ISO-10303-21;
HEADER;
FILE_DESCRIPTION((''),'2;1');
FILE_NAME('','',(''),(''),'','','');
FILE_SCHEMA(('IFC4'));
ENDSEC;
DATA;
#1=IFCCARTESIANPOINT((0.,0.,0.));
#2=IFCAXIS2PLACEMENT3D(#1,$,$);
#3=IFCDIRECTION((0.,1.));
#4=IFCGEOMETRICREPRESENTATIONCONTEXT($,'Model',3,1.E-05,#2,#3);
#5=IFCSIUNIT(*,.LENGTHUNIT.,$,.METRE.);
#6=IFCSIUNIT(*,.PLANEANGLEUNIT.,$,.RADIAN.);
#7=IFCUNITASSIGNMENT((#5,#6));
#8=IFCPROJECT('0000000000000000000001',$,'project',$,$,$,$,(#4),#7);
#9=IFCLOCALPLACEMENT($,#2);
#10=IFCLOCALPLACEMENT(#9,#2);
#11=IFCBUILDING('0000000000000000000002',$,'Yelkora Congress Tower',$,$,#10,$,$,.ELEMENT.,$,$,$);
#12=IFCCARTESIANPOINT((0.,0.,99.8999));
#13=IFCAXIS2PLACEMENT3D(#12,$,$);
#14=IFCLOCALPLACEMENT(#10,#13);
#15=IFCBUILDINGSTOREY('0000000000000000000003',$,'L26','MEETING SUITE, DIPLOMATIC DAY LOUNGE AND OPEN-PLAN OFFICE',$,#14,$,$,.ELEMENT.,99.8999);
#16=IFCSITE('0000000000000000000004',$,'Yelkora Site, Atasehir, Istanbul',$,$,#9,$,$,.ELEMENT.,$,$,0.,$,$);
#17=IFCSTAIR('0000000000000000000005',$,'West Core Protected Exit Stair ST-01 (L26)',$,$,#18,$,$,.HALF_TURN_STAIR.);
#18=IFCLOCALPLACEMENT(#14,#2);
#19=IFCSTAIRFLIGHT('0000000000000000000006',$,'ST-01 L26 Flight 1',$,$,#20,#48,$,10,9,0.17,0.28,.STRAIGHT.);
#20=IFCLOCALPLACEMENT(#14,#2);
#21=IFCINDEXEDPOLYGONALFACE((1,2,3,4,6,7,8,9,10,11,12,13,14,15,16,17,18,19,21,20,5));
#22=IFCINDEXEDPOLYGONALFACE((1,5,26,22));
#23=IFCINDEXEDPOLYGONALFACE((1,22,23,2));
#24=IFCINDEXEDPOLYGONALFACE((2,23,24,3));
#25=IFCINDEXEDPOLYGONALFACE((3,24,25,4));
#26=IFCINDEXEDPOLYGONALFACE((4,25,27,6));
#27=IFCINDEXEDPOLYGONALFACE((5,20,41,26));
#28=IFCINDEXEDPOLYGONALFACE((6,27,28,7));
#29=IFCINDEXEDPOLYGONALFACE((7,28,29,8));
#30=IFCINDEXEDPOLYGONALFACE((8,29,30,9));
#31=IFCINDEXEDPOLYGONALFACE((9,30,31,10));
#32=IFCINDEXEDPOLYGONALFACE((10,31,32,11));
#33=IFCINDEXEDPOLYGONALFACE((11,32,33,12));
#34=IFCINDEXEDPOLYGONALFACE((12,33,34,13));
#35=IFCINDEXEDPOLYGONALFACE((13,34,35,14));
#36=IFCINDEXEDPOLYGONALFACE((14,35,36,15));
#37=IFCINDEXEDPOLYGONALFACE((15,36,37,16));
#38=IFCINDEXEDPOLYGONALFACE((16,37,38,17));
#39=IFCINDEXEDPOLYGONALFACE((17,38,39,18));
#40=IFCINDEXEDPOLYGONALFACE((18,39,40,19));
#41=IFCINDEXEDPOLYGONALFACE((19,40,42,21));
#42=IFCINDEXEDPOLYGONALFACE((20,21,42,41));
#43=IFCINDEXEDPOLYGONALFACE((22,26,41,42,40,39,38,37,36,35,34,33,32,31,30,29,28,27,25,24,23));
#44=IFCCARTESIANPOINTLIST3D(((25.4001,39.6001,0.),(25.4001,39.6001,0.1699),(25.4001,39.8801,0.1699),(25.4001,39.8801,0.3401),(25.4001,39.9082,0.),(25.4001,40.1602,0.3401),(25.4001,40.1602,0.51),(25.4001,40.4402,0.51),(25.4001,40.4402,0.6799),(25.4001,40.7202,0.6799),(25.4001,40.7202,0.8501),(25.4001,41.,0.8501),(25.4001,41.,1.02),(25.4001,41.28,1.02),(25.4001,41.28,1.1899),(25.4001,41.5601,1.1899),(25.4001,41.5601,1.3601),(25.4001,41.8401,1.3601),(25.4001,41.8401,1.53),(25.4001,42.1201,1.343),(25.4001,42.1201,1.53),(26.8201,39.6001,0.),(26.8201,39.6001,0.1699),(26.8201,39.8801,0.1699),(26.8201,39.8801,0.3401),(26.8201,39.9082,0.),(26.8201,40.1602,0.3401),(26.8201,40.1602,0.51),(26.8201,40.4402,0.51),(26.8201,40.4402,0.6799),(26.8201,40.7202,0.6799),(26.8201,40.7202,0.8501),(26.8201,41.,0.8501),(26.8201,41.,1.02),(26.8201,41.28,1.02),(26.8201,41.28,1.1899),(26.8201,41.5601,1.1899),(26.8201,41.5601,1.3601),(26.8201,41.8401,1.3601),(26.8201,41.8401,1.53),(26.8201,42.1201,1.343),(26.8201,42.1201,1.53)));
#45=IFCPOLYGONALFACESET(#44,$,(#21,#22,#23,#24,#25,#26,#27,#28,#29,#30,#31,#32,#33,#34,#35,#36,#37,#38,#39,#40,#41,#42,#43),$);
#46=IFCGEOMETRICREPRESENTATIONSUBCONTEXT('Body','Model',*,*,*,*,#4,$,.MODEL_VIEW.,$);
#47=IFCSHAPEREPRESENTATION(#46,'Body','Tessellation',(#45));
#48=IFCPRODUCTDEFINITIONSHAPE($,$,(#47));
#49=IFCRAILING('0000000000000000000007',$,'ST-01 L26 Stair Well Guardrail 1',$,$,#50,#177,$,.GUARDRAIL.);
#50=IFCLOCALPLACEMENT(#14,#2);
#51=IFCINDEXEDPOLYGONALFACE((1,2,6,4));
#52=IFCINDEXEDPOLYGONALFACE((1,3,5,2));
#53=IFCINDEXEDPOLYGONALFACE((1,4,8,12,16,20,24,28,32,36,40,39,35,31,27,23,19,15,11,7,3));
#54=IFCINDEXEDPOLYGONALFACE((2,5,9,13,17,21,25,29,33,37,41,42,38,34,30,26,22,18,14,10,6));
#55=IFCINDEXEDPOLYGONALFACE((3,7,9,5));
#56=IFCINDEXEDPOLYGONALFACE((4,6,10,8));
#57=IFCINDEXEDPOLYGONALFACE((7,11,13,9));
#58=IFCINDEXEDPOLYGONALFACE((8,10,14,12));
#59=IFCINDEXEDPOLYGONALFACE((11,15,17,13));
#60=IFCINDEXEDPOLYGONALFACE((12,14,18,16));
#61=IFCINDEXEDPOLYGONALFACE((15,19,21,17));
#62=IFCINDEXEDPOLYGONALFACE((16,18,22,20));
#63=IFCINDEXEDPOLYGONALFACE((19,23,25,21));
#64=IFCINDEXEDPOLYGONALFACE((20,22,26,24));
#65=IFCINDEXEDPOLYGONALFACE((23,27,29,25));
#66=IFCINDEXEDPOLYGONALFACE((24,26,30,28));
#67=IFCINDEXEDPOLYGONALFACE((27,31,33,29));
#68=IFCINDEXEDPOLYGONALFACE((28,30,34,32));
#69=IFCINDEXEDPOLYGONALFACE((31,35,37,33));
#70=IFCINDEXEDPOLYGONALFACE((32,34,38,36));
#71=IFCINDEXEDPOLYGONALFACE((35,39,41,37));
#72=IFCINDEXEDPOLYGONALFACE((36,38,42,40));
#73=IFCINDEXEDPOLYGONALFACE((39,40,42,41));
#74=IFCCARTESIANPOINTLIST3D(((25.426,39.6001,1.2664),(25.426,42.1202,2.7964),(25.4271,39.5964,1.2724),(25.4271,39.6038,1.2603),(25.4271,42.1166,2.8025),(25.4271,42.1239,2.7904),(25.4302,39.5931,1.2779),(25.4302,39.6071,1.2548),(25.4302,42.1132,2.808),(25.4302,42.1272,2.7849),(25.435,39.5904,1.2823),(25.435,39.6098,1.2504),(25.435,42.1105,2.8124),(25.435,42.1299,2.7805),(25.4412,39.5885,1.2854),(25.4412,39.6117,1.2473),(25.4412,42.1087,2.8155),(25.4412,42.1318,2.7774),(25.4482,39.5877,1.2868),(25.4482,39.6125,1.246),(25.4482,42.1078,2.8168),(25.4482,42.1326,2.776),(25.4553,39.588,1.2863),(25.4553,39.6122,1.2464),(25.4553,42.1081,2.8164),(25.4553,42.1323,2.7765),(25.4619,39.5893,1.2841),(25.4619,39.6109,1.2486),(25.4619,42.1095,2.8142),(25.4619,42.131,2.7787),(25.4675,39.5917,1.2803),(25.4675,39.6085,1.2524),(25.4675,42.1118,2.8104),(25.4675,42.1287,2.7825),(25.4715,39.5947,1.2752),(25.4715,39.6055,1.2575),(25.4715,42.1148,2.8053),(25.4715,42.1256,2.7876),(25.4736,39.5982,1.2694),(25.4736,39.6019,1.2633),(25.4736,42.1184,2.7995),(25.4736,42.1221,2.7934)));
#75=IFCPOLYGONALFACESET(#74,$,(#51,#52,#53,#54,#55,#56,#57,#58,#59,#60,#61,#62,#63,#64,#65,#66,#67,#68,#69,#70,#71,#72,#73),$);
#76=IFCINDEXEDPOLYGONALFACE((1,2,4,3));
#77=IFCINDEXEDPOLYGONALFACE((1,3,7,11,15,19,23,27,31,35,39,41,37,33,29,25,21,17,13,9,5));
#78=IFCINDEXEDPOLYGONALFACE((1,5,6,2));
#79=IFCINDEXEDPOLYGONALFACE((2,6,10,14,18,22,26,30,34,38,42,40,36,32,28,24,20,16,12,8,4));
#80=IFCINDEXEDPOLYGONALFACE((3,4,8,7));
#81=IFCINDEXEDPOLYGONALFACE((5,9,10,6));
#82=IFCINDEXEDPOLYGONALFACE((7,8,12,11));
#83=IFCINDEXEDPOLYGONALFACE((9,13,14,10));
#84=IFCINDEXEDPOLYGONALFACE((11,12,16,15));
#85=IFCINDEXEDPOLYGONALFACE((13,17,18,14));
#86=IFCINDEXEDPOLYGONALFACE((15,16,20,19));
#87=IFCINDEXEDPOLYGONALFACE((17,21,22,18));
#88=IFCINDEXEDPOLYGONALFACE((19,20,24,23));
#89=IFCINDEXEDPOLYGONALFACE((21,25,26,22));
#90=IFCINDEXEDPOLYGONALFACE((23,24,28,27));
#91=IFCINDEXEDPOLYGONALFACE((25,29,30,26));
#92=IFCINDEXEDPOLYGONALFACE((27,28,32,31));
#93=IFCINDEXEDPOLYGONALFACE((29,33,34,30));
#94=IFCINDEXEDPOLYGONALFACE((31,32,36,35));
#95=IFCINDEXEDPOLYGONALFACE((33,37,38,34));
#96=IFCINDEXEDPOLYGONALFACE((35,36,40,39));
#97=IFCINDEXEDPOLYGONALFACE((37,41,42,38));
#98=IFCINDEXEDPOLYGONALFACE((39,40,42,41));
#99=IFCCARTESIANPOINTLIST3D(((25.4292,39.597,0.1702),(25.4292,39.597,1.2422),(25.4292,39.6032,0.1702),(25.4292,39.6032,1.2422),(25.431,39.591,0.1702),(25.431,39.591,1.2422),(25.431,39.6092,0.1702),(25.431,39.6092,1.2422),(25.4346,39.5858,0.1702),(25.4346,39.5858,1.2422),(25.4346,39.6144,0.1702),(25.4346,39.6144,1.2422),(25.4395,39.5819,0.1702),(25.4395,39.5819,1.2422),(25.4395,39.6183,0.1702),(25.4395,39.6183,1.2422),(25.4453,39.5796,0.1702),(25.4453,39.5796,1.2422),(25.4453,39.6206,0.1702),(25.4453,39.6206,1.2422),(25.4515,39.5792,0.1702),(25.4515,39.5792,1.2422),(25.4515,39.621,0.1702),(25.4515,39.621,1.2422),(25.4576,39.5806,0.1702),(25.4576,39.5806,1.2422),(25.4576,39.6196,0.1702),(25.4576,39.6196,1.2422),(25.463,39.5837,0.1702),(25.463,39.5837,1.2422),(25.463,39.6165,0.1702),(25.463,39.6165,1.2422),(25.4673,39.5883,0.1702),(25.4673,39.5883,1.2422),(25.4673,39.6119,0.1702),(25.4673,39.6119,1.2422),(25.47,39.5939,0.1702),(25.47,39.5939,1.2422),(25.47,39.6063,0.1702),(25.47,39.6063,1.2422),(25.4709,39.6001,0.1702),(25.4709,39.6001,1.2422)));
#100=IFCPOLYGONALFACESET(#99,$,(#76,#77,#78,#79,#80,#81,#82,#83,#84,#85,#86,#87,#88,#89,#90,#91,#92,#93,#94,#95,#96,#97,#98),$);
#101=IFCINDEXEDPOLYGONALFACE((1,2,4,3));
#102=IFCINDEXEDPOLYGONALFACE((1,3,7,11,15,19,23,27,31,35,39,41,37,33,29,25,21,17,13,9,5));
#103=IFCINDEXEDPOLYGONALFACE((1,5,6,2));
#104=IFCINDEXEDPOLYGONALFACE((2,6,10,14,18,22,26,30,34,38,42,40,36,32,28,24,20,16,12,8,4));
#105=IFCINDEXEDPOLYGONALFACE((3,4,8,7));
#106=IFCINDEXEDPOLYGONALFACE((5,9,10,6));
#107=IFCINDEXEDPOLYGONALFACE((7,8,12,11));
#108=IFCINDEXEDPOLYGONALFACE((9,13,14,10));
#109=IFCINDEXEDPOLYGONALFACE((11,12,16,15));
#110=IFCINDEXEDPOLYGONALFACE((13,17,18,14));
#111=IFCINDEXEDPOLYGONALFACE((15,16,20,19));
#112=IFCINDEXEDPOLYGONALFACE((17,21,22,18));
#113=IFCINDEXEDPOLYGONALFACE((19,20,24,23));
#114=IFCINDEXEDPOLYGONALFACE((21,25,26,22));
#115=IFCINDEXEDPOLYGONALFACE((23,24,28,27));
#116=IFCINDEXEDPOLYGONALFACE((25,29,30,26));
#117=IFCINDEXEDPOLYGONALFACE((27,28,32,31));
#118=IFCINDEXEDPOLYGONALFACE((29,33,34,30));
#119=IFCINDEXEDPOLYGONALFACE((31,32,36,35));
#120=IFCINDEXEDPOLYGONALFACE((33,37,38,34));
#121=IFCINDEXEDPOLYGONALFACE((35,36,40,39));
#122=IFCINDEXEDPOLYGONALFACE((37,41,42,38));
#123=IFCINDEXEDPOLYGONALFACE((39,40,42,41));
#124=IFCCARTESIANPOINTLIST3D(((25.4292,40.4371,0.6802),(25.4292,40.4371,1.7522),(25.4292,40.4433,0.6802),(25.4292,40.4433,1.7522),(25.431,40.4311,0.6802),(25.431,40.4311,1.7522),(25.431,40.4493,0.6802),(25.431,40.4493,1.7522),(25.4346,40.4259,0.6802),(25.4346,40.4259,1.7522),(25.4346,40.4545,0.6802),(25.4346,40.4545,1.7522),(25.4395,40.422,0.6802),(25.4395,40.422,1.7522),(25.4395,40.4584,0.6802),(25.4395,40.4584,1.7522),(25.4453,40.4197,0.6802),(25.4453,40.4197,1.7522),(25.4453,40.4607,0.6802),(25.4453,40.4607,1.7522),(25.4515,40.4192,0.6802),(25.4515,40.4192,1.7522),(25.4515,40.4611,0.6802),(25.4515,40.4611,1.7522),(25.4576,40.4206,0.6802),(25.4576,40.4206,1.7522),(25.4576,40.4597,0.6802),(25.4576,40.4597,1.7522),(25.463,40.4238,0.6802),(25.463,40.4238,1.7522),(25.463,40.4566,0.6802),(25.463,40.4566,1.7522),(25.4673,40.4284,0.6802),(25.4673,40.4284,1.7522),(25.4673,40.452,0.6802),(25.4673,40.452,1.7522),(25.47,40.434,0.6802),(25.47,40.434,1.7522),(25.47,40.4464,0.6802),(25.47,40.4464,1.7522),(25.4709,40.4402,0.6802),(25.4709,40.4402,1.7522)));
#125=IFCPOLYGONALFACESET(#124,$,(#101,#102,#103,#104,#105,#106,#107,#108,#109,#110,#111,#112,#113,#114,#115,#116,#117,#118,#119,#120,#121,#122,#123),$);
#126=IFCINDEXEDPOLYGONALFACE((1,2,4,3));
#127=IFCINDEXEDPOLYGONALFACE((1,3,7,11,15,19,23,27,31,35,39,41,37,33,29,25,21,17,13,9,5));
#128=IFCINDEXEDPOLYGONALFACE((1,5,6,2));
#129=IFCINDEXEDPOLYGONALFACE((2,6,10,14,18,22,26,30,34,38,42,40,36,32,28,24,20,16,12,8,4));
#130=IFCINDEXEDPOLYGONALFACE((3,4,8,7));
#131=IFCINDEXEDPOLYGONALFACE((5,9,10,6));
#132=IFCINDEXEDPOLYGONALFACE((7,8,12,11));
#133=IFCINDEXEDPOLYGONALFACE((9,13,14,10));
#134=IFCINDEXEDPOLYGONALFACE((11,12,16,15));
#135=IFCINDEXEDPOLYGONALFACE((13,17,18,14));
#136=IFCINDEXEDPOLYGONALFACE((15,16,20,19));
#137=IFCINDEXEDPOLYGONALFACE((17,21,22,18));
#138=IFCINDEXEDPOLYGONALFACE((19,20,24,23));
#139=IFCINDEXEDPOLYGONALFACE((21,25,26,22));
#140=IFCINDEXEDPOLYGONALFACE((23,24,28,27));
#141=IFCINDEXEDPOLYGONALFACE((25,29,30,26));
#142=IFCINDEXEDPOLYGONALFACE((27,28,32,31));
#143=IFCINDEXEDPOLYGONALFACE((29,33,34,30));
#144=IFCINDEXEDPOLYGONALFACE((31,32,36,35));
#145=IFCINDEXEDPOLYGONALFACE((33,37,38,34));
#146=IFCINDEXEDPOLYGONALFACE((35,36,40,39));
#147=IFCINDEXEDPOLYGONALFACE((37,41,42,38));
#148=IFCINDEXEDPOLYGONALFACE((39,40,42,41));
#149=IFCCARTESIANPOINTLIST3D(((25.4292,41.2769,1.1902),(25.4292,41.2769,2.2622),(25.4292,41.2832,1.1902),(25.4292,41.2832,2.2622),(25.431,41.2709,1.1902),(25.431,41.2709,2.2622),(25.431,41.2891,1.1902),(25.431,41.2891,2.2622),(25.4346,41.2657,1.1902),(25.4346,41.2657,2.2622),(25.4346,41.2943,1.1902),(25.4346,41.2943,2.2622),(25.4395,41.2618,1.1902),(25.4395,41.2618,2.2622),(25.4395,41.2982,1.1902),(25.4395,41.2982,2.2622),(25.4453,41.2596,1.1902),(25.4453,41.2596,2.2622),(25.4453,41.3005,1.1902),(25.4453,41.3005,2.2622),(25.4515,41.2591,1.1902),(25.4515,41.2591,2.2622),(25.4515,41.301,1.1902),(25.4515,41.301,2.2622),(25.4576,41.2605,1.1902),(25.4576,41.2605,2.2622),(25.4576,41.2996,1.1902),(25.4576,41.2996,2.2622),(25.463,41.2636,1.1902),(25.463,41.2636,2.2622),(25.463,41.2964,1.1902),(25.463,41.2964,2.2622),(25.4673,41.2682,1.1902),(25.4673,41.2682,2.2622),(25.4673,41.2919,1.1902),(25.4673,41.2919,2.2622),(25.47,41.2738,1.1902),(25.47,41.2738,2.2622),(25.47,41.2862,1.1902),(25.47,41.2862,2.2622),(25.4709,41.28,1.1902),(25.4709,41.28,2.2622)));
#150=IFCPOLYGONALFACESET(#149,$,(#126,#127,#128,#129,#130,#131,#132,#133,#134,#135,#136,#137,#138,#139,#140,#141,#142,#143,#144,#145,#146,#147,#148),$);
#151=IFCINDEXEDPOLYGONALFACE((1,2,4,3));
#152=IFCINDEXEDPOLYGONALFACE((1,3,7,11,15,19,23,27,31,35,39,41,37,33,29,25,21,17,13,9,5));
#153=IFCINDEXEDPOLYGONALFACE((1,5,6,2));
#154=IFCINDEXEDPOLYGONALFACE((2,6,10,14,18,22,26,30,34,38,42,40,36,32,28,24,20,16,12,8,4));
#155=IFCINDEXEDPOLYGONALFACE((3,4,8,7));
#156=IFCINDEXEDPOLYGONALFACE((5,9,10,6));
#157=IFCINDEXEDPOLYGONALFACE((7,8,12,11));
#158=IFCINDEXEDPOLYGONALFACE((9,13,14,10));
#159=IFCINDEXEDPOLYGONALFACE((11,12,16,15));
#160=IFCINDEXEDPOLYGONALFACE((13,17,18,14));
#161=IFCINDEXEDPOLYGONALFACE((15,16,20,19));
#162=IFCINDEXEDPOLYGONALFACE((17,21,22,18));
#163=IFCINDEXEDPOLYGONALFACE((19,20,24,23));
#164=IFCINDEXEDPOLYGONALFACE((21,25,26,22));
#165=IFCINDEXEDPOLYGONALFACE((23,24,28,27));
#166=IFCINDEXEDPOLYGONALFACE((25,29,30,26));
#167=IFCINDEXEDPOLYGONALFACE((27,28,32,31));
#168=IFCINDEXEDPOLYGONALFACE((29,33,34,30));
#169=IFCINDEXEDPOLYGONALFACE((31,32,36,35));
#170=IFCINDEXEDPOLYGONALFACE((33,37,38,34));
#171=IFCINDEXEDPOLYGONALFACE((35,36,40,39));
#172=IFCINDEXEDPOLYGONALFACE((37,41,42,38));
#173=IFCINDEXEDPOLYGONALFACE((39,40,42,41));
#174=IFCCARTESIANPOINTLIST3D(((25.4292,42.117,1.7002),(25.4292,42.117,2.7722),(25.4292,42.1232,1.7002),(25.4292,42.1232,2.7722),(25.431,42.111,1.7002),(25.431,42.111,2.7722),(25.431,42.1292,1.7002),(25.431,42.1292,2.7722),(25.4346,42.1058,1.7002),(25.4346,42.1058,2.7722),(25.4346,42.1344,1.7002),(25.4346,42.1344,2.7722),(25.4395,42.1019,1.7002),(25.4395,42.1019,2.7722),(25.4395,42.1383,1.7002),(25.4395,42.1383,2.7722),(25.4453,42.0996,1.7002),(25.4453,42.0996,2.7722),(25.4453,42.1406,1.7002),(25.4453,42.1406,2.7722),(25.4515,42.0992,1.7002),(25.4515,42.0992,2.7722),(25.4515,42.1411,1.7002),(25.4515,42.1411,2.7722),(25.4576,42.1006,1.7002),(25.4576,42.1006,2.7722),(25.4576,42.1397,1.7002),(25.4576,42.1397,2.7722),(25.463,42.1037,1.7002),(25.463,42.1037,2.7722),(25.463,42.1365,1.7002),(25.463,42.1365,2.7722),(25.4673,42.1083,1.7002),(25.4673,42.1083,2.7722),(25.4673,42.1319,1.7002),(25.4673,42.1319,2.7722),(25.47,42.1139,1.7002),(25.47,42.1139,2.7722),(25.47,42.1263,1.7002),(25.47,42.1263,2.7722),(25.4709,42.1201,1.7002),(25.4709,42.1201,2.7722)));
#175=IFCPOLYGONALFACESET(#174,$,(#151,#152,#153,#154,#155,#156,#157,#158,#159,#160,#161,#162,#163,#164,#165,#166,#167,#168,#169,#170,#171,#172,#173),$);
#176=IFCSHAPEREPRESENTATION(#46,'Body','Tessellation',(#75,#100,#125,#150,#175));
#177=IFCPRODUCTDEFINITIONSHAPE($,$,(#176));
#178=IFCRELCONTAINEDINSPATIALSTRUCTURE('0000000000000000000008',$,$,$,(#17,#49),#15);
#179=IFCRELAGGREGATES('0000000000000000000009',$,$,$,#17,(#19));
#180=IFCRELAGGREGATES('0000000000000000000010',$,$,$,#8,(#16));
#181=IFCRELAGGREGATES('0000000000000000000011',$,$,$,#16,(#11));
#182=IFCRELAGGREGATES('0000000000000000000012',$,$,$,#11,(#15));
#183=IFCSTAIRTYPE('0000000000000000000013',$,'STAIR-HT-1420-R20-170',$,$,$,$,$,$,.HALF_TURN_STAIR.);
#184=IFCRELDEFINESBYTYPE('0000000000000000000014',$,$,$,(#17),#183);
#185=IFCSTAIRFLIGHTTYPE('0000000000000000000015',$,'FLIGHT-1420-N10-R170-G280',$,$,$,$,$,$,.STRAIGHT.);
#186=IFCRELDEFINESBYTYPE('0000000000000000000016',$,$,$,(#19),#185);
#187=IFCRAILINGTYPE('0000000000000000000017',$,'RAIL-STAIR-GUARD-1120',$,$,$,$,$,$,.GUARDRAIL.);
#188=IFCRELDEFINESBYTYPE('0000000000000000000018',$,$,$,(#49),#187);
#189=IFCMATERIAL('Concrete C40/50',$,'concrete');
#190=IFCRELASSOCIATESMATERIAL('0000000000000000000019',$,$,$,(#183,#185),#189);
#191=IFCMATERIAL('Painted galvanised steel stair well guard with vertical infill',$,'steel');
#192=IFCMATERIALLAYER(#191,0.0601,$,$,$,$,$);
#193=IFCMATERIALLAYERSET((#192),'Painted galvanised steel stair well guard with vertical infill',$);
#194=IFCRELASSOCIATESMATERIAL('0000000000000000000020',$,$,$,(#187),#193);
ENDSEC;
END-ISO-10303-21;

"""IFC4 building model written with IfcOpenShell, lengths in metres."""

from ifc_helpers import new_model, si_unit, direction, frame, origin, origin_2d, place, context, subcontext, project, spatial, polyline, circle, outline, extrude, material, layer, layer_set, type_object, element, aggregate, save


model = new_model("IFC4")

# Units and contexts
model_context = context("Model", 3, precision=1e-05, world=origin(), true_north=direction((0.0, 1.0)))
body_context = subcontext(model_context, "Body", "Model", "MODEL_VIEW")
ifc_project = project(units=[si_unit("LENGTHUNIT", "METRE"), si_unit("PLANEANGLEUNIT", "RADIAN")], contexts=[model_context])

# Site, building, storey
site_placement = place(None, origin())
site = spatial("IfcSite", under=ifc_project, at=site_placement, Name="Yelkora Site, Atasehir, Istanbul", CompositionType="ELEMENT", RefElevation=0.0)
building_placement = place(site_placement, origin())
building = spatial("IfcBuilding", under=site, at=building_placement, Name="Yelkora Congress Tower", CompositionType="ELEMENT")
storey_placement = place(building_placement, frame((0.0, 0.0, 99.8999)))
storey = spatial("IfcBuildingStorey", under=building, at=storey_placement, Name="L26", Description="MEETING SUITE, DIPLOMATIC DAY LOUNGE AND OPEN-PLAN OFFICE", CompositionType="ELEMENT", Elevation=99.8999)

# Stair, stair flight
ifc_material_1 = material(Name="Concrete C40/50", Category="concrete")
stair_type = type_object("IfcStairType", Name="STAIR-HT-1420-R20-170", PredefinedType="HALF_TURN_STAIR", material=ifc_material_1)
stair_placement = place(storey_placement, origin())
stair = element("IfcStair", 1, at=stair_placement, inside=storey, type_object=stair_type, Name="West Core Protected Exit Stair ST-01 (L26)", PredefinedType="HALF_TURN_STAIR")
stair_flight_type = type_object("IfcStairFlightType", Name="FLIGHT-1420-N10-R170-G280", PredefinedType="STRAIGHT", material=ifc_material_1)
stair_flight_placement = place(storey_placement, frame((26.1101, 39.6001, 0.0), z_axis=(0.0, 0.0, 1.0), x_axis=(0.0, 1.0, 0.0)))
stair_flight = element("IfcStairFlight", 2, at=stair_flight_placement, type_object=stair_flight_type, Name="ST-01 L26 Flight 1", NumberOfRisers=10, NumberOfTreads=9, PredefinedType="STRAIGHT", RiserHeight=0.17, TreadLength=0.28, context=body_context, shape_type="SweptSolid", body=[
    extrude(outline(polyline([(0.0, 0.0), (0.0, 0.1699), (0.28, 0.1699), (0.28, 0.3401), (0.5601, 0.3401), (0.5601, 0.51), (0.8401, 0.51), (0.8401, 0.6799), (1.1201, 0.6799), (1.1201, 0.8501), (1.3999, 0.8501), (1.3999, 1.02), (1.6799, 1.02), (1.6799, 1.1899), (1.96, 1.1899), (1.96, 1.3601), (2.24, 1.3601), (2.24, 1.53), (2.52, 1.53), (2.52, 1.7), (2.52, 1.343), (0.3081, 0.0), (0.0, 0.0)])), frame((0.0, 0.71, 0.0), z_axis=(0.0, -1.0, 0.0), x_axis=(1.0, 0.0, 0.0)), (0.0, 0.0, 1.0), 1.4199),
])
aggregate(stair, [stair_flight])

# Railing
ifc_material_2 = material(Name="Painted galvanised steel stair well guard with vertical infill", Category="steel")
ifc_layer_1 = layer(ifc_material_2, 0.0601)
ifc_layer_set_1 = layer_set([ifc_layer_1], Name="Painted galvanised steel stair well guard with vertical infill")
railing_type_1 = type_object("IfcRailingType", Name="RAIL-STAIR-GUARD-1120", PredefinedType="GUARDRAIL", material=ifc_layer_set_1)
railing_1_placement = place(storey_placement, frame((25.45, 39.6001, 0.1702)))
element("IfcRailing", 3, at=railing_1_placement, inside=storey, type_object=railing_type_1, Name="ST-01 L26 Stair Well Guardrail 1", PredefinedType="GUARDRAIL", context=body_context, shape_type="SweptSolid", body=[
    extrude(circle(Radius=0.0239, at=origin_2d()), frame((0.0, 0.0, 1.0962), z_axis=(0.0, 0.854785, 0.518982), x_axis=(-1.0, 0.0, 0.0)), (0.0, 0.0, 1.0), 2.9482),
    extrude(circle(Radius=0.021, at=origin_2d()), origin(), (0.0, 0.0, 1.0), 1.072),
    extrude(circle(Radius=0.021, at=origin_2d()), frame((0.0, 0.8401, 0.51)), (0.0, 0.0, 1.0), 1.072),
    extrude(circle(Radius=0.021, at=origin_2d()), frame((0.0, 1.6799, 1.02)), (0.0, 0.0, 1.0), 1.072),
    extrude(circle(Radius=0.021, at=origin_2d()), frame((0.0, 2.52, 1.53)), (0.0, 0.0, 1.0), 1.072),
])

save(model, "model.ifc")
